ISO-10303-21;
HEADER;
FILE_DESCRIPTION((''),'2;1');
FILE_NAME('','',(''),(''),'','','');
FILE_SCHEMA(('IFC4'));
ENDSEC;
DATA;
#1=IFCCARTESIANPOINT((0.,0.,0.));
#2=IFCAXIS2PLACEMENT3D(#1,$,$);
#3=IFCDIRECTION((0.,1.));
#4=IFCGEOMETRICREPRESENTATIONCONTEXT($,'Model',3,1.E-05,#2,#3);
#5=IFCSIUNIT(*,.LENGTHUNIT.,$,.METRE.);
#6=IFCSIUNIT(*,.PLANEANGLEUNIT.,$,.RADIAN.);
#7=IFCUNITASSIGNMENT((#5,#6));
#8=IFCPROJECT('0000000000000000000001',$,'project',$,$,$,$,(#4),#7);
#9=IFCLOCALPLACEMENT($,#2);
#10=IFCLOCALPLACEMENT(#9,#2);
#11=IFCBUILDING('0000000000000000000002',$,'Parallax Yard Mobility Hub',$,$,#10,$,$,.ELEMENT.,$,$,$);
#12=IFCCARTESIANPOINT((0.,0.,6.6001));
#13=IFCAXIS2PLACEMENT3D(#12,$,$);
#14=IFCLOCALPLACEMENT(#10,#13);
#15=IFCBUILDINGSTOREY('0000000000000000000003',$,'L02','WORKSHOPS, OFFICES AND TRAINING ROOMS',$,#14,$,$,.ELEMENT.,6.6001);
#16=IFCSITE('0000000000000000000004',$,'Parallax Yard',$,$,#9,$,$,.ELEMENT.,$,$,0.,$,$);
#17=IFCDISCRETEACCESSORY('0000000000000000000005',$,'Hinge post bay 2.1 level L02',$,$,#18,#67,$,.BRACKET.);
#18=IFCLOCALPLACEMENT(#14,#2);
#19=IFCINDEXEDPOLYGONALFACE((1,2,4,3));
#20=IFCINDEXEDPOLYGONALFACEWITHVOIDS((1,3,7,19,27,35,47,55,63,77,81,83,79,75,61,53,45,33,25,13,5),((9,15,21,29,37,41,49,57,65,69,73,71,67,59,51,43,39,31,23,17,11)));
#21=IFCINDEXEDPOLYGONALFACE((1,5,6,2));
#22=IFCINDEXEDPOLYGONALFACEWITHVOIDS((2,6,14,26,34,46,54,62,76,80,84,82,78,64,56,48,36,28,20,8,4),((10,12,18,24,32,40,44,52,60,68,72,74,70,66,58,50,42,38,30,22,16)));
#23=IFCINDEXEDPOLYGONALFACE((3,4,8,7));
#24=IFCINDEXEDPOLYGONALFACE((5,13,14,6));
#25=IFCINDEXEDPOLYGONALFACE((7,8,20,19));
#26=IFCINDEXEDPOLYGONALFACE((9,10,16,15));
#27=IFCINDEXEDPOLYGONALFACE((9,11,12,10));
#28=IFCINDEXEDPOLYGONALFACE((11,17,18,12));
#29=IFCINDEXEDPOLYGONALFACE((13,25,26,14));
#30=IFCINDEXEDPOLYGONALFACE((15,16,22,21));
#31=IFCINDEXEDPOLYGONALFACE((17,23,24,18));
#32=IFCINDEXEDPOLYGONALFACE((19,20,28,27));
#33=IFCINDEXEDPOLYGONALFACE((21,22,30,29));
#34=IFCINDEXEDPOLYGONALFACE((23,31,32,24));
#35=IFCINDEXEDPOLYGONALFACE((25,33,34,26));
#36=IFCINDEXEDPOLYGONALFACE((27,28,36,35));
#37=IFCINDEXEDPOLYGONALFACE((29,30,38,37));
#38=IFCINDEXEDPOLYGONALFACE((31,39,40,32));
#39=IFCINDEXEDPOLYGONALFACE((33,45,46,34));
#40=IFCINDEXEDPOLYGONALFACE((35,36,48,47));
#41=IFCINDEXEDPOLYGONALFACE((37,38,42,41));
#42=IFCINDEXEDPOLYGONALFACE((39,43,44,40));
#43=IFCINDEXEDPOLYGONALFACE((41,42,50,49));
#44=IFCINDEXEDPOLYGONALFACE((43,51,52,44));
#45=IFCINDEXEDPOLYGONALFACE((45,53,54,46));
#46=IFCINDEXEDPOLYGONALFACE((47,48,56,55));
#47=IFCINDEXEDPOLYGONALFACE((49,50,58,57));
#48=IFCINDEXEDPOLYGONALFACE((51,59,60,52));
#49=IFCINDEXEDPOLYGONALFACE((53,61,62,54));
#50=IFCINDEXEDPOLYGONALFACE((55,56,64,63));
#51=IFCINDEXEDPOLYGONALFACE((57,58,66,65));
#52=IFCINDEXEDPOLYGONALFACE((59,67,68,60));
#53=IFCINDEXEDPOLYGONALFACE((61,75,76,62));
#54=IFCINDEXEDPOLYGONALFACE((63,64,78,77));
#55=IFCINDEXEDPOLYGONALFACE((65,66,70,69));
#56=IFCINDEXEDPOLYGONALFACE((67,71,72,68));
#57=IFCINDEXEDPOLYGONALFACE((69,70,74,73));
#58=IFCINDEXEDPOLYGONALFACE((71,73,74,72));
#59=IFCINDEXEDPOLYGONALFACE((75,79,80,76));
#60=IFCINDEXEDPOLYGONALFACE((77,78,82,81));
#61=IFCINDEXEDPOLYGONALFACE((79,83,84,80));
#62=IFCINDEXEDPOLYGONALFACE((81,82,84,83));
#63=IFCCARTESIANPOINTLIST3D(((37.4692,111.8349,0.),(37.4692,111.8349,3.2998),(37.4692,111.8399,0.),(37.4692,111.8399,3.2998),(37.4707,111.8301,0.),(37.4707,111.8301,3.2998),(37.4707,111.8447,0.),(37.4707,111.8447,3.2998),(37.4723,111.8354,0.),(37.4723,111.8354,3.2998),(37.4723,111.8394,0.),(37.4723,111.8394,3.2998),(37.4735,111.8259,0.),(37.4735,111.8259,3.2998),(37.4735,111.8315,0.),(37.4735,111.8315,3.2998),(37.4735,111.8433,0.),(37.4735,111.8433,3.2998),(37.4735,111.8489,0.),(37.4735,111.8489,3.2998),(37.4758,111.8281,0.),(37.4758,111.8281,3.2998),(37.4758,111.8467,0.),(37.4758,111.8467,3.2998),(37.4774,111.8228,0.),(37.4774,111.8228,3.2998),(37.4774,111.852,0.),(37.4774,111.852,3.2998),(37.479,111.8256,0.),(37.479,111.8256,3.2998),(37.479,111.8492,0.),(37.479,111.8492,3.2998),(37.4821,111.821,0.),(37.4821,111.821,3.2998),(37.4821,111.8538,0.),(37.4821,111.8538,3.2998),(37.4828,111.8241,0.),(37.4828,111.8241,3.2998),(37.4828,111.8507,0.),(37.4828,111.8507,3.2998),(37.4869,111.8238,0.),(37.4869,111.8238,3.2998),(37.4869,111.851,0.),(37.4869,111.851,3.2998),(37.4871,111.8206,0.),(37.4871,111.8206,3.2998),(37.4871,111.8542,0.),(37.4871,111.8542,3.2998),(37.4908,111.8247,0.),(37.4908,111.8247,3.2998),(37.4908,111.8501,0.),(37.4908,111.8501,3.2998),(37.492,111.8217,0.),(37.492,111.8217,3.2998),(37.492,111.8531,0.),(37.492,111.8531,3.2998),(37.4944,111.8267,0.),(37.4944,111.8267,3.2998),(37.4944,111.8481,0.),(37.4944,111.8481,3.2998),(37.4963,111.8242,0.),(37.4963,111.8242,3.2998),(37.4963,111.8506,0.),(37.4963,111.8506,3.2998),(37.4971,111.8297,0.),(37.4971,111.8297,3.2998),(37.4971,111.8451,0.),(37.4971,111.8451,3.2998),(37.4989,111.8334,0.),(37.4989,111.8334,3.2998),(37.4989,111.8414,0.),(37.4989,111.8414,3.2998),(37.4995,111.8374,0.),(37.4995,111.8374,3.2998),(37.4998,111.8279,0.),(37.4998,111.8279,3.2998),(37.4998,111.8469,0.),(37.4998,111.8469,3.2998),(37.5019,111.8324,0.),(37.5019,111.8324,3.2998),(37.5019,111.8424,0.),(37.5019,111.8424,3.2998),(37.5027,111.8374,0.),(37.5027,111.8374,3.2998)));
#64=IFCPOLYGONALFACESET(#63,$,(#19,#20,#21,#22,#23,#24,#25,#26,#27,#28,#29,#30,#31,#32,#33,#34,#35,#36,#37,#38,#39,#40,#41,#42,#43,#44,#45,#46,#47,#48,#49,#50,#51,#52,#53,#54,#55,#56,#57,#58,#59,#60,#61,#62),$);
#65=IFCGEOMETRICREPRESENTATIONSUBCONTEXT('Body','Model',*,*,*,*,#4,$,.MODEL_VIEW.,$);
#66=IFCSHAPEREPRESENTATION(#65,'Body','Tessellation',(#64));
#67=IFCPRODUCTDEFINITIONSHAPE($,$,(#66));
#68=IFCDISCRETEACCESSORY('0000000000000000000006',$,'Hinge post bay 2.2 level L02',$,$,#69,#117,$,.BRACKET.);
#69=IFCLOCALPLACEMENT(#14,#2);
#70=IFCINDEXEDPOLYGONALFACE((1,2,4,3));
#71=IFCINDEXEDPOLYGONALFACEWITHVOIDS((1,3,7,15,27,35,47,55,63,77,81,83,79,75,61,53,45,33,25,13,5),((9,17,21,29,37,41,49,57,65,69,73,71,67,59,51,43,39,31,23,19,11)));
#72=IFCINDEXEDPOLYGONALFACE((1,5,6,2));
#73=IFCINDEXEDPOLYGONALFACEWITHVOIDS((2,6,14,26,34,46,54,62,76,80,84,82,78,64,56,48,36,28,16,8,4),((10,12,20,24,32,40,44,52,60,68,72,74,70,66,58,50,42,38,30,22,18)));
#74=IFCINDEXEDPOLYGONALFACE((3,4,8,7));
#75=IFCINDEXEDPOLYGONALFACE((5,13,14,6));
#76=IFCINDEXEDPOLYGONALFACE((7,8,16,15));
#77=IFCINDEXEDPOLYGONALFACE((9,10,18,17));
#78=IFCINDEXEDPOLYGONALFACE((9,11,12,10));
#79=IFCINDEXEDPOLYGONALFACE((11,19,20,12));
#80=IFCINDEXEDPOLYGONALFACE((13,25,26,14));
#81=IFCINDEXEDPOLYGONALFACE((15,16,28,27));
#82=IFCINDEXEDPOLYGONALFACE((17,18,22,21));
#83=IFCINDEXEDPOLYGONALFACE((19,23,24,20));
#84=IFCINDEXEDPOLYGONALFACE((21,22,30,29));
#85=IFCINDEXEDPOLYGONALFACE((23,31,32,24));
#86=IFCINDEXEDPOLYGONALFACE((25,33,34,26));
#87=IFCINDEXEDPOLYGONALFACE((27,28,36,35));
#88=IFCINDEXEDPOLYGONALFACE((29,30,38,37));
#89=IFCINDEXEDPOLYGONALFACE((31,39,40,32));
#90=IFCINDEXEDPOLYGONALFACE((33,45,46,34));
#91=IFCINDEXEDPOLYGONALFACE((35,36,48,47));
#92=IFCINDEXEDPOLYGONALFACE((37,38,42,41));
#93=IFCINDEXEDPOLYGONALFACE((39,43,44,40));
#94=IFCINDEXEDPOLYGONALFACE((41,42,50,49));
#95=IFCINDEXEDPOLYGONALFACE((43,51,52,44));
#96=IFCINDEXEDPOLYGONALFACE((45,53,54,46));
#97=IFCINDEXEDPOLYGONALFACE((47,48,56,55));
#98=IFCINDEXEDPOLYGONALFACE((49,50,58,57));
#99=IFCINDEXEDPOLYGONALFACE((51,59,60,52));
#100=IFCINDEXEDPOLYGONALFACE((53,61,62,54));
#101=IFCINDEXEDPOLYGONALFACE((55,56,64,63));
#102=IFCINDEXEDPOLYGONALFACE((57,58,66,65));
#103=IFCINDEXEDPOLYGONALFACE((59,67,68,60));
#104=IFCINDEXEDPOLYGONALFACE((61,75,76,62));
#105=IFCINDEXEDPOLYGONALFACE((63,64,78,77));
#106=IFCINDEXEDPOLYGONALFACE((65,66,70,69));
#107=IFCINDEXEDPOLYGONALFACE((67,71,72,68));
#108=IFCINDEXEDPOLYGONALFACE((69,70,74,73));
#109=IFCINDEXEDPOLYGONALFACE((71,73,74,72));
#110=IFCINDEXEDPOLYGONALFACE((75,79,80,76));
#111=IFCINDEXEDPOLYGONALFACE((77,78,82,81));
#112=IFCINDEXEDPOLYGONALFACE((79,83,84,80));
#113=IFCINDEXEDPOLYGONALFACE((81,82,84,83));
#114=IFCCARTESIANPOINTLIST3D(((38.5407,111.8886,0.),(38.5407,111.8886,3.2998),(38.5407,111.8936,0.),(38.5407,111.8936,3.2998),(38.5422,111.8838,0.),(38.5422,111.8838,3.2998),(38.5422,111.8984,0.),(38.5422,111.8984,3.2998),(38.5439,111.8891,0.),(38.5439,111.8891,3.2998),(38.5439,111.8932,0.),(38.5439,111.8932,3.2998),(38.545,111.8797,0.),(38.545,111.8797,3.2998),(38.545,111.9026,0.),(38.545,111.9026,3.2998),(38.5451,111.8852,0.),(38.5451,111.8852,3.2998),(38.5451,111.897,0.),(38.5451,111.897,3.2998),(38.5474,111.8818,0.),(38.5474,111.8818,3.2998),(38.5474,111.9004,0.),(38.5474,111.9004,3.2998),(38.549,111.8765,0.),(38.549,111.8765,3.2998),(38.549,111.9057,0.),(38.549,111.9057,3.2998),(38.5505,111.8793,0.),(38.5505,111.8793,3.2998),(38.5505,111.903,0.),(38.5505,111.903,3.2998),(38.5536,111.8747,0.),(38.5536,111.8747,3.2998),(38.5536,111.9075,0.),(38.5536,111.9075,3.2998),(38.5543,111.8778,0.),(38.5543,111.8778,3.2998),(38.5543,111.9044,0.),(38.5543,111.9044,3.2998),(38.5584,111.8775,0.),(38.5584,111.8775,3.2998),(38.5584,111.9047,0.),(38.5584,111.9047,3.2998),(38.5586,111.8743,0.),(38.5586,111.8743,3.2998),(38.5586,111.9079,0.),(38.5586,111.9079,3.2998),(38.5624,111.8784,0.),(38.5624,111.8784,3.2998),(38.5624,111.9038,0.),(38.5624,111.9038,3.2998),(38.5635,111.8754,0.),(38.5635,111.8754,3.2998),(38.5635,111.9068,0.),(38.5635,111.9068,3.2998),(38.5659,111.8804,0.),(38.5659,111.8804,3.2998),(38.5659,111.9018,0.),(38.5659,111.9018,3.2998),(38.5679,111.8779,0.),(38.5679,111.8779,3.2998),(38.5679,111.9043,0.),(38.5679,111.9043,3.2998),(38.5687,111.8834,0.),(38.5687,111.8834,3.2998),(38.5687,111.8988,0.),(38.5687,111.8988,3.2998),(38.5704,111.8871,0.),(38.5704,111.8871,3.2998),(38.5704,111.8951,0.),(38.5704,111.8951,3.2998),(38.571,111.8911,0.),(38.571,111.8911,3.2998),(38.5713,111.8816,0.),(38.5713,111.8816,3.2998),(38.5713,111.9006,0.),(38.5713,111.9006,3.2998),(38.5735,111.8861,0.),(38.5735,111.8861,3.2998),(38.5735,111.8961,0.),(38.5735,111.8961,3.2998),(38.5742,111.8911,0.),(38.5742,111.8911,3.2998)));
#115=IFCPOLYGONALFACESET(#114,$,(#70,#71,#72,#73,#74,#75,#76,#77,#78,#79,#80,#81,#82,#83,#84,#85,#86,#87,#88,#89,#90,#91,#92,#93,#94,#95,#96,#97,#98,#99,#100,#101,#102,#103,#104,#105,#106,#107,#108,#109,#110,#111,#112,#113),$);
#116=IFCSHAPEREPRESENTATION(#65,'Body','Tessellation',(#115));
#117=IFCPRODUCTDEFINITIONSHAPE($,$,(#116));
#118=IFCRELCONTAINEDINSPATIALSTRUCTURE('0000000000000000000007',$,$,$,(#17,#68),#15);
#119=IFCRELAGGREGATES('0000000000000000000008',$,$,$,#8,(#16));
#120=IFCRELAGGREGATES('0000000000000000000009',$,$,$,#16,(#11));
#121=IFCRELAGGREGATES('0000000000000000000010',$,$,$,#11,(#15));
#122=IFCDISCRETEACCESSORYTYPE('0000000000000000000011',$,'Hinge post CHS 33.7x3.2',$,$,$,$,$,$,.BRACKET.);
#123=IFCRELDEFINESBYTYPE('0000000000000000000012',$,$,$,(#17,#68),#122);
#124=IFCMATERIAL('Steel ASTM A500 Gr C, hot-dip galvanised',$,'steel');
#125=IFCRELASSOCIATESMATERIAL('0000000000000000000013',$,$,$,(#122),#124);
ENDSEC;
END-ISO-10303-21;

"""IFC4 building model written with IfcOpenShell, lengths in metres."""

from ifc_helpers import new_model, si_unit, direction, frame, origin, origin_2d, place, context, subcontext, project, spatial, hollow_circle, extrude, material, material_profile, profile_set, type_object, element, save


model = new_model("IFC4")

# Units and contexts
model_context = context("Model", 3, precision=1e-05, world=origin(), true_north=direction((0.0, 1.0)))
body_context = subcontext(model_context, "Body", "Model", "MODEL_VIEW")
ifc_project = project(units=[si_unit("LENGTHUNIT", "METRE"), si_unit("PLANEANGLEUNIT", "RADIAN")], contexts=[model_context])

# Site, building, storey
site_placement = place(None, origin())
site = spatial("IfcSite", under=ifc_project, at=site_placement, Name="Parallax Yard", CompositionType="ELEMENT", RefElevation=0.0)
building_placement = place(site_placement, origin())
building = spatial("IfcBuilding", under=site, at=building_placement, Name="Parallax Yard Mobility Hub", CompositionType="ELEMENT")
storey_placement = place(building_placement, frame((0.0, 0.0, 6.6001)))
storey = spatial("IfcBuildingStorey", under=building, at=storey_placement, Name="L02", Description="WORKSHOPS, OFFICES AND TRAINING ROOMS", CompositionType="ELEMENT", Elevation=6.6001)

# Discrete accessories
ifc_material_1 = material(Name="Steel ASTM A500 Gr C, hot-dip galvanised", Category="steel")
ifc_material_profile = material_profile(ifc_material_1, hollow_circle(Radius=0.0168, WallThickness=0.0032, at=origin_2d()), Name="CHS 33.7x3.2")
ifc_profile_set = profile_set([ifc_material_profile], Name="Steel ASTM A500 Gr C, hot-dip galvanised")
discrete_accessory_type = type_object("IfcDiscreteAccessoryType", Name="Hinge post CHS 33.7x3.2", PredefinedType="BRACKET", material=ifc_profile_set)
for number, where, z_axis, x_axis, name in (
    (1, (37.4858, 111.8374, 0.0), (0.0, 0.0, 1.0), (1.0, 0.0, 0.0), "Hinge post bay 2.1 level L02"),
    (2, (38.5574, 111.8911, 0.0), (0.0, 0.0, 1.0), (1.0, 0.0, 0.0), "Hinge post bay 2.2 level L02"),
):
    element("IfcDiscreteAccessory", number, at=place(storey_placement, frame(where, z_axis=z_axis, x_axis=x_axis)), inside=storey, type_object=discrete_accessory_type, Name=name, PredefinedType="BRACKET", context=body_context, shape_type="SweptSolid", body=[
        extrude(hollow_circle(Radius=0.0168, WallThickness=0.0032, at=origin_2d()), origin(), (0.0, 0.0, 1.0), 3.2998),
    ])

save(model, "model.ifc")
